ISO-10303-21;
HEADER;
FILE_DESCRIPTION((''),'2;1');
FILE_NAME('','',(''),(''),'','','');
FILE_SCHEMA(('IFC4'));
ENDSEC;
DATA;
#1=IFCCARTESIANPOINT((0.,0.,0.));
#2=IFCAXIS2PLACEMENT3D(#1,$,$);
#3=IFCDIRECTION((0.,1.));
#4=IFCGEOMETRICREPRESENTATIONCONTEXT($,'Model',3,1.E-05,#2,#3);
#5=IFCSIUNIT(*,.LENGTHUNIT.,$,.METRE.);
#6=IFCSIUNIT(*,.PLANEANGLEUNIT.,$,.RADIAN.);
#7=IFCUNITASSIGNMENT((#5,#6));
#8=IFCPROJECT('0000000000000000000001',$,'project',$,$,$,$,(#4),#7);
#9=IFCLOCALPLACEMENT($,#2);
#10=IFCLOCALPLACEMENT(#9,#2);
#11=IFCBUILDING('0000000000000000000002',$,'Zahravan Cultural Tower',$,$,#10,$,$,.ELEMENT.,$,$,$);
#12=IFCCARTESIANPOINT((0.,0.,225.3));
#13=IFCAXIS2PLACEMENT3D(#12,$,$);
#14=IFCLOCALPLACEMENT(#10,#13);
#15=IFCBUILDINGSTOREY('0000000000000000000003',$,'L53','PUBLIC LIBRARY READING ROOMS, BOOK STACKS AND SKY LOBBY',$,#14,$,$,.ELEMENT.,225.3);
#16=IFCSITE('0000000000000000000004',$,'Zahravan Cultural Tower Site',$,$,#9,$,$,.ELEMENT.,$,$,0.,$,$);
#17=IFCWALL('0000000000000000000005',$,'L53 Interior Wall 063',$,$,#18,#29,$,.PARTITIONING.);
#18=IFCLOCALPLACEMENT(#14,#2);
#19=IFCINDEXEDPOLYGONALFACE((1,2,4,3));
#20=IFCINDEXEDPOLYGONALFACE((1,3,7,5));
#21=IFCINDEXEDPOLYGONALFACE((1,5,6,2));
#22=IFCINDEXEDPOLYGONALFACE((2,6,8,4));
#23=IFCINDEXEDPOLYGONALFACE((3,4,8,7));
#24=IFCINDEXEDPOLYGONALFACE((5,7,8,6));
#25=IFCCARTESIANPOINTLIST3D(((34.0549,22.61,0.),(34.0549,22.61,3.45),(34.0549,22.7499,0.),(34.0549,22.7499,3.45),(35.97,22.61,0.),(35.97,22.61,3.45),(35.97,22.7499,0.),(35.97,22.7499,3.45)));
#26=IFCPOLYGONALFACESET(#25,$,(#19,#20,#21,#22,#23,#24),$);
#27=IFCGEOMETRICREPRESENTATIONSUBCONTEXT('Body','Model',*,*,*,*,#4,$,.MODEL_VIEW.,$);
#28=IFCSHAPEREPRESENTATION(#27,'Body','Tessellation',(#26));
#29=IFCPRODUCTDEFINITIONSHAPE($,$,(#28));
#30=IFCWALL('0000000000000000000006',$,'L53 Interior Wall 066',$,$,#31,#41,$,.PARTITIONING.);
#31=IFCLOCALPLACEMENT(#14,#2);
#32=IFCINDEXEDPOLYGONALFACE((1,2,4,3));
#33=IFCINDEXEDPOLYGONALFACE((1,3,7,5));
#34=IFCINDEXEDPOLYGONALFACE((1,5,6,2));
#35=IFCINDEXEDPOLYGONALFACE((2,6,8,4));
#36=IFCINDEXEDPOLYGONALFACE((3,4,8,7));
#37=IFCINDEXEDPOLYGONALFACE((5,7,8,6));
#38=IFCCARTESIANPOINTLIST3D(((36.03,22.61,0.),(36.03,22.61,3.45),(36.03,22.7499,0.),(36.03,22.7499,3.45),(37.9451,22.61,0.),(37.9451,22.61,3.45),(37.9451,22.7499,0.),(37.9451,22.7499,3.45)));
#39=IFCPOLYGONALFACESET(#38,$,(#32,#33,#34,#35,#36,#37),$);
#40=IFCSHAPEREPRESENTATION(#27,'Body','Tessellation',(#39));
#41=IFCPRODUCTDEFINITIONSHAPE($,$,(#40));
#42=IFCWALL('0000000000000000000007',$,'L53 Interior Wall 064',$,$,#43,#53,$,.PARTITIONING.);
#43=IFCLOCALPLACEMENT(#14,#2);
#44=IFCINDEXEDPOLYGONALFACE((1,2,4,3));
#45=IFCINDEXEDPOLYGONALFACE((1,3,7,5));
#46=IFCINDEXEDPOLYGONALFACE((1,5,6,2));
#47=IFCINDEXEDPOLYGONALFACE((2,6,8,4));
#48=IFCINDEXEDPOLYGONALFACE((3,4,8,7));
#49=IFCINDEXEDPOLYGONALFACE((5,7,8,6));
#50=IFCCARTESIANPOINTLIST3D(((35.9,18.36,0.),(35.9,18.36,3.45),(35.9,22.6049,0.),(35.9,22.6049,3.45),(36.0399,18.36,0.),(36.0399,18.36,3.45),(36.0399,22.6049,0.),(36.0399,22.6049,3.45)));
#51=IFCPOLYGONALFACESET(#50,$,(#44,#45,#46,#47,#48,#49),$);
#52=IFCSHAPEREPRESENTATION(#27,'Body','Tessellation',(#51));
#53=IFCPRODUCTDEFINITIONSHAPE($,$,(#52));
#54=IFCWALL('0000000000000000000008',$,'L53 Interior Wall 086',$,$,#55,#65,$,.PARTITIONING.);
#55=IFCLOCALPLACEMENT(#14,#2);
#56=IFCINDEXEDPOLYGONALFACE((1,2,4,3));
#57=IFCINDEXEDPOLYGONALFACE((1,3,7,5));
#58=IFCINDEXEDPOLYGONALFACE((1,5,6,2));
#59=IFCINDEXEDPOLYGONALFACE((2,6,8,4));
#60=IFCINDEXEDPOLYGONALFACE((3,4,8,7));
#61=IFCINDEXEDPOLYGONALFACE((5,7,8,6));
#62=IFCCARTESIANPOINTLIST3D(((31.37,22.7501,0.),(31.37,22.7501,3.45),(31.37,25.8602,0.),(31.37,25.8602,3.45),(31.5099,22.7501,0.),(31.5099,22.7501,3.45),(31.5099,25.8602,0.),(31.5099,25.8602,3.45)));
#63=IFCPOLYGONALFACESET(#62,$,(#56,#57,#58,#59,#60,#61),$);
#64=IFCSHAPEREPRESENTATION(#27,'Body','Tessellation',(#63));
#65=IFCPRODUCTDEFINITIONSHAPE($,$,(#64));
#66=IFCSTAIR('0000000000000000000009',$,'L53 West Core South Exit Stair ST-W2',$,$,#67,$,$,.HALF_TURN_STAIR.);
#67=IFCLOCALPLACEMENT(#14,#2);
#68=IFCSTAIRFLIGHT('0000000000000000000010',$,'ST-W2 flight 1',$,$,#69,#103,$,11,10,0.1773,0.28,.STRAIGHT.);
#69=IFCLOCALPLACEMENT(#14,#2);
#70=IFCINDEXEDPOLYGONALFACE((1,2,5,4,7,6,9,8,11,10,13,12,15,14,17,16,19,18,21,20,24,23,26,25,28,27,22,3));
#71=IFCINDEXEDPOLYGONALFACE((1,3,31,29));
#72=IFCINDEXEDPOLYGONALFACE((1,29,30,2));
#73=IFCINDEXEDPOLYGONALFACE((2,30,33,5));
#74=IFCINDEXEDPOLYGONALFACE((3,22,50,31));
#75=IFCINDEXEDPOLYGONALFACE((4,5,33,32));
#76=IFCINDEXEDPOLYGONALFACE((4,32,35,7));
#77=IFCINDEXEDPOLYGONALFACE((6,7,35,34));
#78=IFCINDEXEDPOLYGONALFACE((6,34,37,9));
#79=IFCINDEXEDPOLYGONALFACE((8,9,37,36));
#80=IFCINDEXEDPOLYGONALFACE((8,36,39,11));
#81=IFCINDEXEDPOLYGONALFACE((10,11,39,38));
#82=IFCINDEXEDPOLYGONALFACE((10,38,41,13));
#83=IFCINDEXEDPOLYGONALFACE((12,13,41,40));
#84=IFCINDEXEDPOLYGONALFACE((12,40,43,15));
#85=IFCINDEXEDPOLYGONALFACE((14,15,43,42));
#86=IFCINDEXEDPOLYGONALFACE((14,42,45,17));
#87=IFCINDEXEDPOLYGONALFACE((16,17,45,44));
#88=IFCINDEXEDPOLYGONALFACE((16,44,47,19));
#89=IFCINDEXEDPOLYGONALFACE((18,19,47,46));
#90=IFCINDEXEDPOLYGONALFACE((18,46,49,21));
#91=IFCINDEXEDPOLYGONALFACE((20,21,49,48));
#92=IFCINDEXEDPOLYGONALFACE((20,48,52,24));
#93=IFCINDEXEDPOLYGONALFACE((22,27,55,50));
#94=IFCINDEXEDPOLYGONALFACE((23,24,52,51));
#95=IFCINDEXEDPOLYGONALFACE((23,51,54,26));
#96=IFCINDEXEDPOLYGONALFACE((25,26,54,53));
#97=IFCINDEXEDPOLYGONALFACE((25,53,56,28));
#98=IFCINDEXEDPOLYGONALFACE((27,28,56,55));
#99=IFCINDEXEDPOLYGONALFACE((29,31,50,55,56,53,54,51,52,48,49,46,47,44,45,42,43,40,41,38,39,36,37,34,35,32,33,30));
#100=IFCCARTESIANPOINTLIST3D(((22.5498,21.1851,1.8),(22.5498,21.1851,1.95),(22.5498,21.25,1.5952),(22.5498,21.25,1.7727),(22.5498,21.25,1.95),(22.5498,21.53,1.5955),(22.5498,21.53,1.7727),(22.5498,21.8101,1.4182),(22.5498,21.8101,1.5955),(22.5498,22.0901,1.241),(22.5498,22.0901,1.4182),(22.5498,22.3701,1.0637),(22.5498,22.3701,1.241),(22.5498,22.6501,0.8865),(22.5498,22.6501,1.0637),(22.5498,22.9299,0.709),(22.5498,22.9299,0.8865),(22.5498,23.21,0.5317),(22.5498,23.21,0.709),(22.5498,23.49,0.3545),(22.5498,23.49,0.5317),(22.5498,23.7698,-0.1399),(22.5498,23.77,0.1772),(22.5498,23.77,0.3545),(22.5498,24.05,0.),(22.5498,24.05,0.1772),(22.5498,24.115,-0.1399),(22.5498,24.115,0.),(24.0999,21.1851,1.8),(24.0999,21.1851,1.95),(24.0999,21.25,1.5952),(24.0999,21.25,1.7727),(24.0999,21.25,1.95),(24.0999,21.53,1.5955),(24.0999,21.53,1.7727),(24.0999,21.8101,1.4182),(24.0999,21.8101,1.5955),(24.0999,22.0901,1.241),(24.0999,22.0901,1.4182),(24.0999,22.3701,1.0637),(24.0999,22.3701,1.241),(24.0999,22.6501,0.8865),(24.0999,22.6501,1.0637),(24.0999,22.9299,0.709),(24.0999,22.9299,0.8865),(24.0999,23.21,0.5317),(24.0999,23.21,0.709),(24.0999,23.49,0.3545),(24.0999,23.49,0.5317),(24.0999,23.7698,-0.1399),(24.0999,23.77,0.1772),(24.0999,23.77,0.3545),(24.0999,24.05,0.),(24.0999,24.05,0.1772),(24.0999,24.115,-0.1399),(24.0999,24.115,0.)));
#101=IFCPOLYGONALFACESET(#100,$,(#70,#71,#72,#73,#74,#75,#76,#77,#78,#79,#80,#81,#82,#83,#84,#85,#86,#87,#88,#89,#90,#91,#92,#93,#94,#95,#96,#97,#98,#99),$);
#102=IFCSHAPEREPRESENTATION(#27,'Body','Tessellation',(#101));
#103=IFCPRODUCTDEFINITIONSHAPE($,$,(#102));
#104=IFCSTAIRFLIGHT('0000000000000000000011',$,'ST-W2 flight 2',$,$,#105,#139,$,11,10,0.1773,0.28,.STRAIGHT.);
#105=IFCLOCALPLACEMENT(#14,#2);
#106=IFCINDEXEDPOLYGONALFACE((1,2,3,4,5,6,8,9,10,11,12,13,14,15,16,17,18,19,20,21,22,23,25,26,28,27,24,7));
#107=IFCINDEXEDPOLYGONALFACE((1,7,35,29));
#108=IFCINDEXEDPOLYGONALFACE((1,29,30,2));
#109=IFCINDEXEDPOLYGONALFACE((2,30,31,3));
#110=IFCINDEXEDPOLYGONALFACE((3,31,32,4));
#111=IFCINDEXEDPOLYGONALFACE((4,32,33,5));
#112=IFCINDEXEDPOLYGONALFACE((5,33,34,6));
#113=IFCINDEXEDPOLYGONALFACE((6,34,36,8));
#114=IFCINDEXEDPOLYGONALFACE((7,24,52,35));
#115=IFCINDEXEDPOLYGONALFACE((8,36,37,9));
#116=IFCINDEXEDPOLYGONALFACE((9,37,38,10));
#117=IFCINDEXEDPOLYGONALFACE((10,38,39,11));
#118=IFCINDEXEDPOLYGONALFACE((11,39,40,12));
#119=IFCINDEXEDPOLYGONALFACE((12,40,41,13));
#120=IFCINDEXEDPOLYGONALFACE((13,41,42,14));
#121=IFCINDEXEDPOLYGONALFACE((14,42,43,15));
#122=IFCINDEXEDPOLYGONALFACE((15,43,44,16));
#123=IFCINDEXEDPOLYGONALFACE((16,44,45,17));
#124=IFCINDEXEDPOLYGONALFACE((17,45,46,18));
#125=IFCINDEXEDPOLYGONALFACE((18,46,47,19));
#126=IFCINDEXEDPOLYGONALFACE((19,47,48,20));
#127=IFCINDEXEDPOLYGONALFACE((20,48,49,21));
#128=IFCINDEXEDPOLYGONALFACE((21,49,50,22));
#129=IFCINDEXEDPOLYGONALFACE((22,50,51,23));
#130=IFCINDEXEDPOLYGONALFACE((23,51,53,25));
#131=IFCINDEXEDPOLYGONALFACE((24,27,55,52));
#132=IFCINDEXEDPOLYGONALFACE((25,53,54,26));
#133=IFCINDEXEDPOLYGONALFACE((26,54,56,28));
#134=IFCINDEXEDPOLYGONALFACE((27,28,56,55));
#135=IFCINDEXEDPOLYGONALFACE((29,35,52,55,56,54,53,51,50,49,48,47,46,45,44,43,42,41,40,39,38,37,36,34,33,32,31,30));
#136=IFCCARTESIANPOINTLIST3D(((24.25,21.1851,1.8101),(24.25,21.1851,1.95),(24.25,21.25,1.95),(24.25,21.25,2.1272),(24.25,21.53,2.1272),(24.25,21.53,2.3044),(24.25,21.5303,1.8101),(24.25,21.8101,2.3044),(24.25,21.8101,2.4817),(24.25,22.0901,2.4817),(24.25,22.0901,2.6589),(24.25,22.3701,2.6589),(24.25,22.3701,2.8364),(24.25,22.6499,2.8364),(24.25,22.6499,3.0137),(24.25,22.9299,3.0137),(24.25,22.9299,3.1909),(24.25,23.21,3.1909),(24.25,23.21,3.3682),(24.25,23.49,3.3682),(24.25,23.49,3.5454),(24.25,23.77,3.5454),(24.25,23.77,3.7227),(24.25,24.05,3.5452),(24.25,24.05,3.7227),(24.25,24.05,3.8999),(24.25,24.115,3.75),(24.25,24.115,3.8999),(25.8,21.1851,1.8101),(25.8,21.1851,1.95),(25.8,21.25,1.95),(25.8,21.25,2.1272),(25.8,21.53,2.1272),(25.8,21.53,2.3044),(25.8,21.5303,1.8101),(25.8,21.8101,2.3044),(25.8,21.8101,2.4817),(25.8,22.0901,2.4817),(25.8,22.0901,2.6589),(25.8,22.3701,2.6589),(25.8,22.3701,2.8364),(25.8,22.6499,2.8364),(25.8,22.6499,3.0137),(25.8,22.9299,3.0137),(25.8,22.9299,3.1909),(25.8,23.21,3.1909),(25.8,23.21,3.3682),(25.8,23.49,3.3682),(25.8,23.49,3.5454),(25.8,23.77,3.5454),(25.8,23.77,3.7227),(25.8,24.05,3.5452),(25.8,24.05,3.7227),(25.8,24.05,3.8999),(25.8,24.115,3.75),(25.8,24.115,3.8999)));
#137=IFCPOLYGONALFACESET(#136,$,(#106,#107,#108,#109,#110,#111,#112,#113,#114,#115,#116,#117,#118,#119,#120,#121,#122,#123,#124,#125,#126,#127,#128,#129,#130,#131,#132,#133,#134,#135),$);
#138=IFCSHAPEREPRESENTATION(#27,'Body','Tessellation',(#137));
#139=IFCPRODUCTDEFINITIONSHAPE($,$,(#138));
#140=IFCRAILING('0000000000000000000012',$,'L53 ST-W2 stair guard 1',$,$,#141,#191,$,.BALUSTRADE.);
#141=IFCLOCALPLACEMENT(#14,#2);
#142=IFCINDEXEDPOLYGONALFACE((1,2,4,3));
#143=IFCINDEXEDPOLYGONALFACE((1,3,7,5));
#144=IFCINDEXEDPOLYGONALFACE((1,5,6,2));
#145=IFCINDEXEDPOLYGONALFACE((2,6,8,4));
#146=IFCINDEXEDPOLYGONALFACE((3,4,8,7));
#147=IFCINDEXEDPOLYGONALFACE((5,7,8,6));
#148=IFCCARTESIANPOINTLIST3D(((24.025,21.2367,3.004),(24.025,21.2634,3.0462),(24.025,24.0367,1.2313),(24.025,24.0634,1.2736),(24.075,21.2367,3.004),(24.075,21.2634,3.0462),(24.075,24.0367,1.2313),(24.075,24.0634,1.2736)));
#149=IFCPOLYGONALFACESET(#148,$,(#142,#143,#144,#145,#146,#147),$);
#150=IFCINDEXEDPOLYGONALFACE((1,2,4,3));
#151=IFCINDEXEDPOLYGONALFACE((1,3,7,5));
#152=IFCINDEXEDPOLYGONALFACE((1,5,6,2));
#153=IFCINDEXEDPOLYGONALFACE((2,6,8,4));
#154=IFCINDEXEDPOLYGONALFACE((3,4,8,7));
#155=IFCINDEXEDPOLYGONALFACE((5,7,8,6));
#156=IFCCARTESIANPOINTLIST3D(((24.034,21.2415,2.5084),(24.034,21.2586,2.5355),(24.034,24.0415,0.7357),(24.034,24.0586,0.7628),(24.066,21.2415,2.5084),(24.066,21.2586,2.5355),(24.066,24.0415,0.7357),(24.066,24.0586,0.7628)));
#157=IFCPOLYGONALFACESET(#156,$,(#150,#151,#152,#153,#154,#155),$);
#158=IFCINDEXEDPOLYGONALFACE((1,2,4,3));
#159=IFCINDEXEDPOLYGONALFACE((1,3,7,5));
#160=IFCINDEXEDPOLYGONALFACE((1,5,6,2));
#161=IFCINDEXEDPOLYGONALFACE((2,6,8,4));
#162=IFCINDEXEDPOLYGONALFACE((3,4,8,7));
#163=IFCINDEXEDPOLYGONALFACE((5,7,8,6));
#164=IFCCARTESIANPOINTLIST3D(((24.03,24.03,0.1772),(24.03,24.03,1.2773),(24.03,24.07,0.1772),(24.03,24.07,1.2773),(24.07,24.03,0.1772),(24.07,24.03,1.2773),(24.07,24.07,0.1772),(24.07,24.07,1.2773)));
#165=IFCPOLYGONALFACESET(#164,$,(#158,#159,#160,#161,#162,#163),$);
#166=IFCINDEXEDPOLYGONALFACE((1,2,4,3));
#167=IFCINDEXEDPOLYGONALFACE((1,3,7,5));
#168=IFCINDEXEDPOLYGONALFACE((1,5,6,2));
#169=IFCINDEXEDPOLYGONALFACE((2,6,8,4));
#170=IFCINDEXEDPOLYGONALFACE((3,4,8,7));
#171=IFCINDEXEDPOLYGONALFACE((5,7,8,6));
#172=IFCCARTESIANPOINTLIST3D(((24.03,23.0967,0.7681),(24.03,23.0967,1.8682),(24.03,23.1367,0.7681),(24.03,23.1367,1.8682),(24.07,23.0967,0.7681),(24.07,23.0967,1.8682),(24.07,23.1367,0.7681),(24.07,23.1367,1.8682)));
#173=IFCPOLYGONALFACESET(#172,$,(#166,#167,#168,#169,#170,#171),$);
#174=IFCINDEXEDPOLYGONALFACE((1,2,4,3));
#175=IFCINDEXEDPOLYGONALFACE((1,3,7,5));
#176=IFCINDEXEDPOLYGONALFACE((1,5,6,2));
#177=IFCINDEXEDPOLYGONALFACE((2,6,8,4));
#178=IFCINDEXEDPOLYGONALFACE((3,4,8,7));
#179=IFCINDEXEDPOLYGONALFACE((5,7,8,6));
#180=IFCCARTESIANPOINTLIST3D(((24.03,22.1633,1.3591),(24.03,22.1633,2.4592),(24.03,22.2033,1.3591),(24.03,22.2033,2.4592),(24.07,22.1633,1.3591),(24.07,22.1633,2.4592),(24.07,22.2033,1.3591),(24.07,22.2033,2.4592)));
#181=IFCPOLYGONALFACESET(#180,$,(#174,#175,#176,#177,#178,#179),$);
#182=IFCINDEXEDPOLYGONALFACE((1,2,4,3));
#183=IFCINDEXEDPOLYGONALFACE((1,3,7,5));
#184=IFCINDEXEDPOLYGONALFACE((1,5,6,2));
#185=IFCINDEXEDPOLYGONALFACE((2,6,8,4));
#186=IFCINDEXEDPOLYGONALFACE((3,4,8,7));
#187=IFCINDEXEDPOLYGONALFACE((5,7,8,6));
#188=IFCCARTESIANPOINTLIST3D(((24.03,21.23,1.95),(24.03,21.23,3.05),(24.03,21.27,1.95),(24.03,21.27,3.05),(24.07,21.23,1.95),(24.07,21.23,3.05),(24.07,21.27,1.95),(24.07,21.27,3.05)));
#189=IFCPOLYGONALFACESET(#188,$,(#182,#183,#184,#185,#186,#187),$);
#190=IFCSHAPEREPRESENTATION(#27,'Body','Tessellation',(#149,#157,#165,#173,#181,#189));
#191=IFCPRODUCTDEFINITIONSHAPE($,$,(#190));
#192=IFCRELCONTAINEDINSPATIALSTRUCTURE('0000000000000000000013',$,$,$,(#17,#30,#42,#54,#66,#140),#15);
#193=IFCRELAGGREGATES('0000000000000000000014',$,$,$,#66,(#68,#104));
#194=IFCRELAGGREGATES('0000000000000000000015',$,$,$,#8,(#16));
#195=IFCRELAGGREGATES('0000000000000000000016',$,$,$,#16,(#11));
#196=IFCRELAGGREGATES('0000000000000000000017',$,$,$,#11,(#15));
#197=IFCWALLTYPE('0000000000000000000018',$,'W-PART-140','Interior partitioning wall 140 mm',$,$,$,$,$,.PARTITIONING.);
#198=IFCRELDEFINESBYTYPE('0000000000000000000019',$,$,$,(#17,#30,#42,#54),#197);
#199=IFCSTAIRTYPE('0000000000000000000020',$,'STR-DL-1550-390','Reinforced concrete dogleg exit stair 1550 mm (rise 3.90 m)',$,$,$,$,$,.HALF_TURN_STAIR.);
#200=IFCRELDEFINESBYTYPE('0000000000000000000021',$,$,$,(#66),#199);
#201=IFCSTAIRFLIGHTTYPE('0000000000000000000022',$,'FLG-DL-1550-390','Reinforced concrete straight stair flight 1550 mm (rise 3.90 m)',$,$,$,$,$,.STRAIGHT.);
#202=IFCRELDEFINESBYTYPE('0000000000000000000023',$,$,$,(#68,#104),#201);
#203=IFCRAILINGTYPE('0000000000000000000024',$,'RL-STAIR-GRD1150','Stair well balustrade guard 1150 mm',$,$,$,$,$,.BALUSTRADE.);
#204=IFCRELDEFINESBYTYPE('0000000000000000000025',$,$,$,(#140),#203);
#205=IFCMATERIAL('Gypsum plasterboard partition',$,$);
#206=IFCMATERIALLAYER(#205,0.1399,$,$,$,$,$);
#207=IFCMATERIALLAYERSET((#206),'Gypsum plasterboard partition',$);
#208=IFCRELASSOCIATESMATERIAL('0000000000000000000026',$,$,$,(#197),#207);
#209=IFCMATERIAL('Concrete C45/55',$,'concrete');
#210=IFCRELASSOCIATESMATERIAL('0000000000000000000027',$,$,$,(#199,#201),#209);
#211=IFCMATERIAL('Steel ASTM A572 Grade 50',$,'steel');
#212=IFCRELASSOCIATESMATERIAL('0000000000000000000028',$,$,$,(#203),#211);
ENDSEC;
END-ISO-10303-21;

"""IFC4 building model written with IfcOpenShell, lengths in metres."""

from ifc_helpers import new_model, si_unit, direction, frame, frame_2d, origin, origin_2d, place, context, subcontext, project, spatial, polyline, rectangle, outline, extrude, source, transform, mapped, material, layer, layer_set, type_object, element, aggregate, save


model = new_model("IFC4")

# Units and contexts
model_context = context("Model", 3, precision=1e-05, world=origin(), true_north=direction((0.0, 1.0)))
body_context = subcontext(model_context, "Body", "Model", "MODEL_VIEW")
ifc_project = project(units=[si_unit("LENGTHUNIT", "METRE"), si_unit("PLANEANGLEUNIT", "RADIAN")], contexts=[model_context])

# Site, building, storey
site_placement = place(None, origin())
site = spatial("IfcSite", under=ifc_project, at=site_placement, Name="Zahravan Cultural Tower Site", CompositionType="ELEMENT", RefElevation=0.0)
building_placement = place(site_placement, origin())
building = spatial("IfcBuilding", under=site, at=building_placement, Name="Zahravan Cultural Tower", CompositionType="ELEMENT")
storey_placement = place(building_placement, frame((0.0, 0.0, 225.3)))
storey = spatial("IfcBuildingStorey", under=building, at=storey_placement, Name="L53", Description="PUBLIC LIBRARY READING ROOMS, BOOK STACKS AND SKY LOBBY", CompositionType="ELEMENT", Elevation=225.3)

# Shared definitions
ifc_material_1 = material(Name="Gypsum plasterboard partition")
ifc_layer_1 = layer(ifc_material_1, 0.1399)
ifc_layer_set_1 = layer_set([ifc_layer_1], Name="Gypsum plasterboard partition")
wall_type_1 = type_object("IfcWallType", Name="W-PART-140", Description="Interior partitioning wall 140 mm", PredefinedType="PARTITIONING", material=ifc_layer_set_1)
ifc_material_2 = material(Name="Concrete C45/55", Category="concrete")
ifc_material_3 = material(Name="Steel ASTM A572 Grade 50", Category="steel")

# Walls
shared_shape_1 = source(origin(), body_context, "Body", "SweptSolid", [
    extrude(rectangle(XDim=1.915, YDim=0.1399, at=frame_2d((0.9575, 0.0))), origin(), (0.0, 0.0, 1.0), 3.45),
])
for number, where, z_axis, x_axis, name in (
    (1, (34.0549, 22.6799, 0.0), (0.0, 0.0, 1.0), (1.0, 0.0, 0.0), "L53 Interior Wall 063"),
    (2, (36.03, 22.6799, 0.0), (0.0, 0.0, 1.0), (1.0, 0.0, 0.0), "L53 Interior Wall 066"),
):
    element("IfcWall", number, at=place(storey_placement, frame(where, z_axis=z_axis, x_axis=x_axis)), inside=storey, type_object=wall_type_1, Name=name, PredefinedType="PARTITIONING", context=body_context, shape_type="MappedRepresentation", body=[
        mapped(shared_shape_1, transform((0.0, 0.0, 0.0), x_axis=(1.0, 0.0, 0.0), y_axis=(0.0, 1.0, 0.0), z_axis=(0.0, 0.0, 1.0), scale=1.0)),
    ])
shared_shape_2 = source(origin(), body_context, "Body", "SweptSolid", [
    extrude(rectangle(XDim=4.2449, YDim=0.1399, at=frame_2d((2.1226, 0.0))), origin(), (0.0, 0.0, 1.0), 3.45),
])
wall_1_placement = place(storey_placement, frame((35.97, 22.605, 0.0), z_axis=(0.0, 0.0, 1.0), x_axis=(0.0, -1.0, 0.0)))
element("IfcWall", 3, at=wall_1_placement, inside=storey, type_object=wall_type_1, Name="L53 Interior Wall 064", PredefinedType="PARTITIONING", context=body_context, shape_type="MappedRepresentation", body=[
    mapped(shared_shape_2, transform((0.0, 0.0, 0.0), x_axis=(1.0, 0.0, 0.0), y_axis=(0.0, 1.0, 0.0), z_axis=(0.0, 0.0, 1.0), scale=1.0)),
])
shared_shape_3 = source(origin(), body_context, "Body", "SweptSolid", [
    extrude(rectangle(XDim=3.1101, YDim=0.1399, at=frame_2d((1.5552, 0.0))), origin(), (0.0, 0.0, 1.0), 3.45),
])
wall_2_placement = place(storey_placement, frame((31.4399, 22.75, 0.0), z_axis=(0.0, 0.0, 1.0), x_axis=(0.0, 1.0, 0.0)))
element("IfcWall", 4, at=wall_2_placement, inside=storey, type_object=wall_type_1, Name="L53 Interior Wall 086", PredefinedType="PARTITIONING", context=body_context, shape_type="MappedRepresentation", body=[
    mapped(shared_shape_3, transform((0.0, 0.0, 0.0), x_axis=(1.0, 0.0, 0.0), y_axis=(0.0, 1.0, 0.0), z_axis=(0.0, 0.0, 1.0), scale=1.0)),
])

# Stair, stair flights
stair_type = type_object("IfcStairType", Name="STR-DL-1550-390", Description="Reinforced concrete dogleg exit stair 1550 mm (rise 3.90 m)", PredefinedType="HALF_TURN_STAIR", material=ifc_material_2)
stair_placement = place(storey_placement, origin())
stair = element("IfcStair", 5, at=stair_placement, inside=storey, type_object=stair_type, Name="L53 West Core South Exit Stair ST-W2", PredefinedType="HALF_TURN_STAIR")
stair_flight_type = type_object("IfcStairFlightType", Name="FLG-DL-1550-390", Description="Reinforced concrete straight stair flight 1550 mm (rise 3.90 m)", PredefinedType="STRAIGHT", material=ifc_material_2)
stair_flight_1_placement = place(storey_placement, frame((23.325, 24.05, 0.0), z_axis=(0.0, 0.0, 1.0), x_axis=(0.0, -1.0, 0.0)))
stair_flight_1 = element("IfcStairFlight", 6, at=stair_flight_1_placement, type_object=stair_flight_type, Name="ST-W2 flight 1", NumberOfRisers=11, NumberOfTreads=10, PredefinedType="STRAIGHT", RiserHeight=0.1773, TreadLength=0.28, context=body_context, shape_type="SweptSolid", body=[
    extrude(outline(polyline([(-0.0649, -0.1399), (-0.0649, 0.0), (0.0, 0.0), (0.0, 0.1772), (0.28, 0.1772), (0.28, 0.3545), (0.5601, 0.3545), (0.5601, 0.5317), (0.8401, 0.5317), (0.8401, 0.709), (1.1201, 0.709), (1.1201, 0.8865), (1.3999, 0.8865), (1.3999, 1.0637), (1.6799, 1.0637), (1.6799, 1.241), (1.96, 1.241), (1.96, 1.4182), (2.24, 1.4182), (2.24, 1.5955), (2.52, 1.5955), (2.52, 1.7727), (2.8, 1.7727), (2.8, 1.95), (2.865, 1.95), (2.865, 1.8), (2.8, 1.5952), (0.2803, -0.1399), (-0.0649, -0.1399)])), frame((0.0, 0.7749, 0.0), z_axis=(0.0, -1.0, 0.0), x_axis=(1.0, 0.0, 0.0)), (0.0, 0.0, 1.0), 1.55),
])
stair_flight_2_placement = place(storey_placement, frame((25.0249, 21.25, 1.95), z_axis=(0.0, 0.0, 1.0), x_axis=(0.0, 1.0, 0.0)))
stair_flight_2 = element("IfcStairFlight", 7, at=stair_flight_2_placement, type_object=stair_flight_type, Name="ST-W2 flight 2", NumberOfRisers=11, NumberOfTreads=10, PredefinedType="STRAIGHT", RiserHeight=0.1773, TreadLength=0.28, context=body_context, shape_type="SweptSolid", body=[
    extrude(outline(polyline([(-0.0649, -0.1399), (-0.0649, 0.0), (0.0, 0.0), (0.0, 0.1772), (0.28, 0.1772), (0.28, 0.3545), (0.5601, 0.3545), (0.5601, 0.5317), (0.8401, 0.5317), (0.8401, 0.709), (1.1201, 0.709), (1.1201, 0.8865), (1.3999, 0.8865), (1.3999, 1.0637), (1.6799, 1.0637), (1.6799, 1.241), (1.96, 1.241), (1.96, 1.4182), (2.24, 1.4182), (2.24, 1.5955), (2.52, 1.5955), (2.52, 1.7727), (2.8, 1.7727), (2.8, 1.95), (2.865, 1.95), (2.865, 1.8), (2.8, 1.5952), (0.2803, -0.1399), (-0.0649, -0.1399)])), frame((0.0, 0.7749, 0.0), z_axis=(0.0, -1.0, 0.0), x_axis=(1.0, 0.0, 0.0)), (0.0, 0.0, 1.0), 1.55),
])
aggregate(stair, [stair_flight_1, stair_flight_2])

# Railing
railing_type_1 = type_object("IfcRailingType", Name="RL-STAIR-GRD1150", Description="Stair well balustrade guard 1150 mm", PredefinedType="BALUSTRADE", material=ifc_material_3)
railing_1_placement = place(storey_placement, frame((24.05, 24.05, 0.1772)))
element("IfcRailing", 8, at=railing_1_placement, inside=storey, type_object=railing_type_1, Name="L53 ST-W2 stair guard 1", PredefinedType="BALUSTRADE", context=body_context, shape_type="SweptSolid", body=[
    extrude(rectangle(XDim=0.05, YDim=0.05, at=origin_2d()), frame((0.0, 0.0, 1.0752), z_axis=(0.0, -0.844909, 0.53491), x_axis=(1.0, 0.0, 0.0)), (0.0, 0.0, 1.0), 3.314),
    extrude(rectangle(XDim=0.032, YDim=0.032, at=origin_2d()), frame((0.0, 0.0, 0.572), z_axis=(0.0, -0.844909, 0.53491), x_axis=(1.0, 0.0, 0.0)), (0.0, 0.0, 1.0), 3.314),
    extrude(rectangle(XDim=0.04, YDim=0.04, at=origin_2d()), origin(), (0.0, 0.0, 1.0), 1.1001),
    extrude(rectangle(XDim=0.04, YDim=0.04, at=origin_2d()), frame((0.0, -0.9333, 0.5908)), (0.0, 0.0, 1.0), 1.1001),
    extrude(rectangle(XDim=0.04, YDim=0.04, at=origin_2d()), frame((0.0, -1.8667, 1.1819)), (0.0, 0.0, 1.0), 1.1001),
    extrude(rectangle(XDim=0.04, YDim=0.04, at=origin_2d()), frame((0.0, -2.8, 1.7727)), (0.0, 0.0, 1.0), 1.1001),
])

save(model, "model.ifc")
